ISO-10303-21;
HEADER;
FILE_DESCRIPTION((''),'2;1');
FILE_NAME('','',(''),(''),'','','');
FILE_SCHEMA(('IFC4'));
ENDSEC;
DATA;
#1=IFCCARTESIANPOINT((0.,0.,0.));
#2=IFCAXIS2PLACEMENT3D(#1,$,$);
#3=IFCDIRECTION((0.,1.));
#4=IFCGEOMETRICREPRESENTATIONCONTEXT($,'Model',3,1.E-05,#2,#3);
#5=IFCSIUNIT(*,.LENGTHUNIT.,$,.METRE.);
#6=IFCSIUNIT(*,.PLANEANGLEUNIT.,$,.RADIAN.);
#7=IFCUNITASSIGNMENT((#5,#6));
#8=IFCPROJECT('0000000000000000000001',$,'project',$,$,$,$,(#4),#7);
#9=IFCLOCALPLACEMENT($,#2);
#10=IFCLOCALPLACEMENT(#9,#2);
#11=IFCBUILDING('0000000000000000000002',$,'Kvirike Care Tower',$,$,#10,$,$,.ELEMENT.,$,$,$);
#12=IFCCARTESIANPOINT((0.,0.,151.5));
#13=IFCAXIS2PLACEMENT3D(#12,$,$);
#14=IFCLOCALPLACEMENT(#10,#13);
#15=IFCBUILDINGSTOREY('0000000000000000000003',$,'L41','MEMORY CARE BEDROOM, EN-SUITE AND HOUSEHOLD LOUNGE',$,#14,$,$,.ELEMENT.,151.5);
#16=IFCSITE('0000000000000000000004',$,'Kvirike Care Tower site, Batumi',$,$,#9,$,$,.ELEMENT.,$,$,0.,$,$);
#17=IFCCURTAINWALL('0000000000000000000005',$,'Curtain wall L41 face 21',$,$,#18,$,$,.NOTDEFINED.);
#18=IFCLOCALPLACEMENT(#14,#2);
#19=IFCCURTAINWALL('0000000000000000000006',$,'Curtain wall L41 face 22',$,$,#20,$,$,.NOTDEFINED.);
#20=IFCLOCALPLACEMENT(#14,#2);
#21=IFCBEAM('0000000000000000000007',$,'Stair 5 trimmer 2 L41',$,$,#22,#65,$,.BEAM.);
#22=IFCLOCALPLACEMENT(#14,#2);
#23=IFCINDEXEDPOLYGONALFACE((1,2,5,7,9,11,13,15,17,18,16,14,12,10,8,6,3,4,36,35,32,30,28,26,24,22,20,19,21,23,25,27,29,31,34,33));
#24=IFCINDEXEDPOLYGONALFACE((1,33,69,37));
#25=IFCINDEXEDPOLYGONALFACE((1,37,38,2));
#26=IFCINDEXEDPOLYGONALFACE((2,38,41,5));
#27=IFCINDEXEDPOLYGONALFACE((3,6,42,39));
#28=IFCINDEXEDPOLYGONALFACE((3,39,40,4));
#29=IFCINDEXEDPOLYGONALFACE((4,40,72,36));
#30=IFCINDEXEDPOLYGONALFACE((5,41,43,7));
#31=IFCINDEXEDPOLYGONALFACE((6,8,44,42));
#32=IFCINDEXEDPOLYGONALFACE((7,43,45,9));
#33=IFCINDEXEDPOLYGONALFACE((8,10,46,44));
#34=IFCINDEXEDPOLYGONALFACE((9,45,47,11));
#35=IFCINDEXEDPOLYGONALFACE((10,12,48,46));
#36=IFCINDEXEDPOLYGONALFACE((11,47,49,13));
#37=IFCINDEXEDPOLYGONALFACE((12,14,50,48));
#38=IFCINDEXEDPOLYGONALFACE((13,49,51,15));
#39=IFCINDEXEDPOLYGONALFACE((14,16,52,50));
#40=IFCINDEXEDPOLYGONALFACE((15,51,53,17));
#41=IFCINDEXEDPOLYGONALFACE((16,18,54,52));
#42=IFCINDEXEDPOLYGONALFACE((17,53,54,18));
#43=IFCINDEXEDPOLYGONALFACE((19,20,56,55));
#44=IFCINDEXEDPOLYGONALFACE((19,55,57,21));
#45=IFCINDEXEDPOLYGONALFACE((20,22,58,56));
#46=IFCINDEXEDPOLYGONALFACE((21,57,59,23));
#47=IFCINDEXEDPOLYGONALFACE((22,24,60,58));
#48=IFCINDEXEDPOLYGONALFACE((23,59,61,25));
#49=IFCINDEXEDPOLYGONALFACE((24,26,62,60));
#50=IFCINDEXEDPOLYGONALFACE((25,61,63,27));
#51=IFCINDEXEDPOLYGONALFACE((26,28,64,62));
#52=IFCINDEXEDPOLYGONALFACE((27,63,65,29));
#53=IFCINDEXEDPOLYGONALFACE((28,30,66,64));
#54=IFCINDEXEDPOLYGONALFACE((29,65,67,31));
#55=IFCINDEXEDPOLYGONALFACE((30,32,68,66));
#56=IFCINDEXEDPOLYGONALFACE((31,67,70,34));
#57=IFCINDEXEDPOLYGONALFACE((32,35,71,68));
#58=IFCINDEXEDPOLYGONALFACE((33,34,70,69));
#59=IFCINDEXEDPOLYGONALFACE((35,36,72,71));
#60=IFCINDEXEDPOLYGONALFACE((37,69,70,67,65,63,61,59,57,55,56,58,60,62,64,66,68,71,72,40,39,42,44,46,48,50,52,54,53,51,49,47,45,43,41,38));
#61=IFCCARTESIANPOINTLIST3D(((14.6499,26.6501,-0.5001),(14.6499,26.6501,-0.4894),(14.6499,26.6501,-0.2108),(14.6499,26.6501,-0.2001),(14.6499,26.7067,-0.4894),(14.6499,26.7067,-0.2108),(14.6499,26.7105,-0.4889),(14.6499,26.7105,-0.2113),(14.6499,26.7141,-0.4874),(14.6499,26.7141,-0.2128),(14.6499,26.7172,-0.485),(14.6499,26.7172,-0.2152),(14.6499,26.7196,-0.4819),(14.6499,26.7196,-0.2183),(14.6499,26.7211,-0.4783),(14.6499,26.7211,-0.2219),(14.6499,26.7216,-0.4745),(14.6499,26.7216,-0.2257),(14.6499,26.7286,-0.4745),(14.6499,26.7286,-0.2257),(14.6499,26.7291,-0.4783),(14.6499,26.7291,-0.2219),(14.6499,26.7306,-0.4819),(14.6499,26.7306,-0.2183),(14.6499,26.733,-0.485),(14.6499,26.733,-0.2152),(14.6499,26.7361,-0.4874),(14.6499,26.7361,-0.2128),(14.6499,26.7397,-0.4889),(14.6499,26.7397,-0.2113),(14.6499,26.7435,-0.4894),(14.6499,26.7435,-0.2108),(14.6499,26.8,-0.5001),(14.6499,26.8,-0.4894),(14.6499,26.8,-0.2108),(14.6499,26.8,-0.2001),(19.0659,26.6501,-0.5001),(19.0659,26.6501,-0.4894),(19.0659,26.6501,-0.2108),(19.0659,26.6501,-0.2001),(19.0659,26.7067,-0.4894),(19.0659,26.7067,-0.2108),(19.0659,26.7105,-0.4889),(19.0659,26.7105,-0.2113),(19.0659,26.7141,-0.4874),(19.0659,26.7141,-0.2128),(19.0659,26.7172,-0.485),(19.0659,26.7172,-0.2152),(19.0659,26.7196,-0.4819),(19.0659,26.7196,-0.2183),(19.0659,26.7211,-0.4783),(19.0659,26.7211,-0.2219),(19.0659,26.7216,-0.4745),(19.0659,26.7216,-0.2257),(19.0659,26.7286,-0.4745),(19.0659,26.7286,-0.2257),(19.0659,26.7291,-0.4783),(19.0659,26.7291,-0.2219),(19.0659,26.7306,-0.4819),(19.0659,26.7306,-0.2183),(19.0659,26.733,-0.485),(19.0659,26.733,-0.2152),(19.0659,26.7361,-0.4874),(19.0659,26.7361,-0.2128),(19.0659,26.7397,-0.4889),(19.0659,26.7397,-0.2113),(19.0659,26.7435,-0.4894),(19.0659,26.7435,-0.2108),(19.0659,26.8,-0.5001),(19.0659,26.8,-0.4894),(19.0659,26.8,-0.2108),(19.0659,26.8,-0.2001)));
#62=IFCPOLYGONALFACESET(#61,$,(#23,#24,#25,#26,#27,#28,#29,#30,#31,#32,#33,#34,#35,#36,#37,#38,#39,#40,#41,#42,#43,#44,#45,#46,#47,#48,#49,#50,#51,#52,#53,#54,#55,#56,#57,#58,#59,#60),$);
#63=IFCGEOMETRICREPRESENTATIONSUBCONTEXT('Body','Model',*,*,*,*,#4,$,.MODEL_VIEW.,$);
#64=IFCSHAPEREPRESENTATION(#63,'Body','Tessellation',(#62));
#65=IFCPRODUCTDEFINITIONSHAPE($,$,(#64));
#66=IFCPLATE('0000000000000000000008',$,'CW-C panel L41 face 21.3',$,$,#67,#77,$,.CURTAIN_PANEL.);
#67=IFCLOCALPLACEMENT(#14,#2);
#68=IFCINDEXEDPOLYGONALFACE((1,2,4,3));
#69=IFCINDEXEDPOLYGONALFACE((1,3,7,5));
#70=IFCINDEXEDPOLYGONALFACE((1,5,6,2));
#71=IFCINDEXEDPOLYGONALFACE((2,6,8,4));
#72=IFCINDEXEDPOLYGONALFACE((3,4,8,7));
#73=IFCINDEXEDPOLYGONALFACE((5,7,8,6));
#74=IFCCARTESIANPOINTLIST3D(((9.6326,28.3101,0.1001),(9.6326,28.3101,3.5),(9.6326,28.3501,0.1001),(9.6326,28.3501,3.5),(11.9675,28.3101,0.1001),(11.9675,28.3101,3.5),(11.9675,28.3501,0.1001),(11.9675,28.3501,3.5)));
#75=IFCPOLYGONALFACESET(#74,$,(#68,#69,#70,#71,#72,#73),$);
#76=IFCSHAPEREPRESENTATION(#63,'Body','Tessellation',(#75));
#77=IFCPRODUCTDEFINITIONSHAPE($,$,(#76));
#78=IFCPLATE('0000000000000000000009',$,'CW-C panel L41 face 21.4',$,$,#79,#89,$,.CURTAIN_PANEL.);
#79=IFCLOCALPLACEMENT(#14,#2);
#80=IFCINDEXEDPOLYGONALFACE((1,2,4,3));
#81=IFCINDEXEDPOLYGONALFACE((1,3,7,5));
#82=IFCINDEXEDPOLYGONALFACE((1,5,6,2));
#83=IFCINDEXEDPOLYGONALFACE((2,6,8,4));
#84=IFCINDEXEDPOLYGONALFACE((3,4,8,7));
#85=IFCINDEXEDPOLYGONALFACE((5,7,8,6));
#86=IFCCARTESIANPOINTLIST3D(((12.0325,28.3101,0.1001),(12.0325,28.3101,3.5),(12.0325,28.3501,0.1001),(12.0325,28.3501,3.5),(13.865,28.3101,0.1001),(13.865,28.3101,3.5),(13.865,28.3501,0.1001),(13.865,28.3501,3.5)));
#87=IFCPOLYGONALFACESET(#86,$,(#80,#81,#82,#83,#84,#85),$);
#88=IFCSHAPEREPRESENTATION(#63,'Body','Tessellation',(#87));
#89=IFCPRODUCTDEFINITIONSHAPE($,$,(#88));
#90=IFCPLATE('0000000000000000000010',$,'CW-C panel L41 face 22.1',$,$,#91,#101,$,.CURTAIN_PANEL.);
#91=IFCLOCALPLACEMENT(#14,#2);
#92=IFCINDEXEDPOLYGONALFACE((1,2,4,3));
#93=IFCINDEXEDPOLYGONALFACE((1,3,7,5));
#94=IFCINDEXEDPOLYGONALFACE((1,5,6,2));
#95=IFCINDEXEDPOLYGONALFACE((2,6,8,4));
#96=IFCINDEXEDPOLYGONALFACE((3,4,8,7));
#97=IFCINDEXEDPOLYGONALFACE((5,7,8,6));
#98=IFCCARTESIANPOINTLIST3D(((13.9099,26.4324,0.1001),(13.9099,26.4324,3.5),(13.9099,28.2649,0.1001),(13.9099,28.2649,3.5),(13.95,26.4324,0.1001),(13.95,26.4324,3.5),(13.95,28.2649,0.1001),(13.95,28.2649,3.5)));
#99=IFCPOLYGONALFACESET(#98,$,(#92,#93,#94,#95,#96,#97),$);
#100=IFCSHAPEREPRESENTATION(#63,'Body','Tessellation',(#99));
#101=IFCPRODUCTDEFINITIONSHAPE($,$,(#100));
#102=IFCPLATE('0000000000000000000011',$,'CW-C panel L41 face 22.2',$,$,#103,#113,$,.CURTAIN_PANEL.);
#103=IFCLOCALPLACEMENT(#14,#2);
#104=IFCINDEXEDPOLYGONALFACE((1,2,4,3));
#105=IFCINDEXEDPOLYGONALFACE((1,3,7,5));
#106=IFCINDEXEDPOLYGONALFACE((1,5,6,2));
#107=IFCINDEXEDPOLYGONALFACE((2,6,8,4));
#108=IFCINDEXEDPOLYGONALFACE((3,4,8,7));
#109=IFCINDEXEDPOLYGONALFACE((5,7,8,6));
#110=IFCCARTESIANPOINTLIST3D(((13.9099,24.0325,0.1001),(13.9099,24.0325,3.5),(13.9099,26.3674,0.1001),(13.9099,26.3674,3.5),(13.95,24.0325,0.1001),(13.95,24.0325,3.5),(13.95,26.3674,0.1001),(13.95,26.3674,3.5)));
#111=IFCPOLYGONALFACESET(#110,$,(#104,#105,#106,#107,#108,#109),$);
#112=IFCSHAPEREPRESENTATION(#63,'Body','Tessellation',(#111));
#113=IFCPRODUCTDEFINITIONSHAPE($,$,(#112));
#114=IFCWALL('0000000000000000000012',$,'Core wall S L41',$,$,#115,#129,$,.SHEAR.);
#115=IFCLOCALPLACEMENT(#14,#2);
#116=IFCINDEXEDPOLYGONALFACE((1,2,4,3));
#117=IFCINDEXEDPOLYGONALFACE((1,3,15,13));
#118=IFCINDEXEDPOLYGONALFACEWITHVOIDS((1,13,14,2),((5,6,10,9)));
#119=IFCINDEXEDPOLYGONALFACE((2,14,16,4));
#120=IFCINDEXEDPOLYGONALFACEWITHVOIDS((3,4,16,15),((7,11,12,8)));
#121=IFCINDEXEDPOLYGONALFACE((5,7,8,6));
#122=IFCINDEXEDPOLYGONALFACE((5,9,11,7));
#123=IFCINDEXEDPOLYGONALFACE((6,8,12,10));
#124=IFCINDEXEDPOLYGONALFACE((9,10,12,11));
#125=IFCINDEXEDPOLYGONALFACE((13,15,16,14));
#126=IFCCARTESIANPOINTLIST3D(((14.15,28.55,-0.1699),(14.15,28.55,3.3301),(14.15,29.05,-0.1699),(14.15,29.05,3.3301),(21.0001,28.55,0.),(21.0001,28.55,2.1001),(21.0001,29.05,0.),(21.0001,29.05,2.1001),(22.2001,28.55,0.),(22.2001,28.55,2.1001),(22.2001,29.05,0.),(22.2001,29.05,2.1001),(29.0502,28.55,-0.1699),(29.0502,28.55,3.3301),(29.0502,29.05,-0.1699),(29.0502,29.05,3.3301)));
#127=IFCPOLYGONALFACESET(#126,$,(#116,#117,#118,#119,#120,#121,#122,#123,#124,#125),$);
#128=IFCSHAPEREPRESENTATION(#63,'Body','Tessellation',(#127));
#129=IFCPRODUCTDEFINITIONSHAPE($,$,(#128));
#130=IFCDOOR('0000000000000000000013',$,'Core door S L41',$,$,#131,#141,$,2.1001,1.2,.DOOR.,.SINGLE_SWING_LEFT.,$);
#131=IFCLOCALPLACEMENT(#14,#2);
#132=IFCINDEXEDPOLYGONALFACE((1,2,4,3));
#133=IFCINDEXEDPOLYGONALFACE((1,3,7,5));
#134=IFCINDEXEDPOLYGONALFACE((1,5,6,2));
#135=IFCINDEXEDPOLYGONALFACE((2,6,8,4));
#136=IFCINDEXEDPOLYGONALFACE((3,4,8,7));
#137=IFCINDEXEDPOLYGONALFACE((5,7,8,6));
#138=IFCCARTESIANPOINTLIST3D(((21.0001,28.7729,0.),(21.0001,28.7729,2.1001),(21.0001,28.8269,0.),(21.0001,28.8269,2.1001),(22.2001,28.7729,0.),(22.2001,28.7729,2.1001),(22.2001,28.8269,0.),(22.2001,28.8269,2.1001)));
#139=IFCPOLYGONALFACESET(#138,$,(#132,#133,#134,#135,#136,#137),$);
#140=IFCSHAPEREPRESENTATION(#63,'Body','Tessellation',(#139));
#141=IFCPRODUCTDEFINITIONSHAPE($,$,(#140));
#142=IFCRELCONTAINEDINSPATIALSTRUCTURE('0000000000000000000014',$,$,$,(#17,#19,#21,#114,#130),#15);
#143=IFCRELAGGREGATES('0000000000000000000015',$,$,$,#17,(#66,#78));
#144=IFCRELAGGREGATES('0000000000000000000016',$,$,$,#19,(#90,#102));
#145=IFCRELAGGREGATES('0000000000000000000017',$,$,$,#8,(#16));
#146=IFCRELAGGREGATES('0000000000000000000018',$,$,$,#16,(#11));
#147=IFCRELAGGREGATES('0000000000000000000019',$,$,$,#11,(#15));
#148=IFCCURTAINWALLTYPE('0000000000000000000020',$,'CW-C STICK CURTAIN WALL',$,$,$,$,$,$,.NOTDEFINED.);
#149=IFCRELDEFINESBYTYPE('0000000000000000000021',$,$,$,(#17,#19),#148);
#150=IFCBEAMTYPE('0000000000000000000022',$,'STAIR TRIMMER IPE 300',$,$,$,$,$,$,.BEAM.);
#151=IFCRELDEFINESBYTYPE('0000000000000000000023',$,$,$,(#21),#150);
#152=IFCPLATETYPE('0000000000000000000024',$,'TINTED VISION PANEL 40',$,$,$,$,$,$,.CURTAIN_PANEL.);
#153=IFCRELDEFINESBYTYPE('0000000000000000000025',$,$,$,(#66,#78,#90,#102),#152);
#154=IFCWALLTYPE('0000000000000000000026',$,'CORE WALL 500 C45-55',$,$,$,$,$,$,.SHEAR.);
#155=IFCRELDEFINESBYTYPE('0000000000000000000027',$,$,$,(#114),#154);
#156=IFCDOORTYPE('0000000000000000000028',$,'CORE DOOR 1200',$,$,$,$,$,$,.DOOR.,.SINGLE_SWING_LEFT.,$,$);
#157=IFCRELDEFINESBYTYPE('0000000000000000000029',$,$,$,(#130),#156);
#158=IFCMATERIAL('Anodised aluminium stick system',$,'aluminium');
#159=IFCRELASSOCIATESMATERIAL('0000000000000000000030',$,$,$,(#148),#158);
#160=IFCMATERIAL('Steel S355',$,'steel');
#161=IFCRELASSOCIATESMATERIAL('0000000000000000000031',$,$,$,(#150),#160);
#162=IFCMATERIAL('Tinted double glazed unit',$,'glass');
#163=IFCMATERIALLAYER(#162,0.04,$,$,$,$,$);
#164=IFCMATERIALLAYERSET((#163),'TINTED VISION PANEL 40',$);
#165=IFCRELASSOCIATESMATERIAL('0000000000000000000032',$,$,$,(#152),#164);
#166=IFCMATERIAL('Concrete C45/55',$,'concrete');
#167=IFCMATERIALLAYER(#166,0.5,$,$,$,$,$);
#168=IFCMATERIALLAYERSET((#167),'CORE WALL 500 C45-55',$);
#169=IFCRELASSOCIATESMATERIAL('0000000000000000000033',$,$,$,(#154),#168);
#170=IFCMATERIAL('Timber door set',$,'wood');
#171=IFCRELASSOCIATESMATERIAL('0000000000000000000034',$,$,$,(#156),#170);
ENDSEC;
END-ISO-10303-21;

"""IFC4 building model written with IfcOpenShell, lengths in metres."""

from ifc_helpers import new_model, si_unit, direction, frame, frame_2d, origin, origin_2d, place, context, subcontext, project, spatial, rectangle, i_section, extrude, material, layer, layer_set, material_profile, profile_set, type_object, element, fill, aggregate, save


model = new_model("IFC4")

# Units and contexts
model_context = context("Model", 3, precision=1e-05, world=origin(), true_north=direction((0.0, 1.0)))
body_context = subcontext(model_context, "Body", "Model", "MODEL_VIEW")
ifc_project = project(units=[si_unit("LENGTHUNIT", "METRE"), si_unit("PLANEANGLEUNIT", "RADIAN")], contexts=[model_context])

# Site, building, storey
site_placement = place(None, origin())
site = spatial("IfcSite", under=ifc_project, at=site_placement, Name="Kvirike Care Tower site, Batumi", CompositionType="ELEMENT", RefElevation=0.0)
building_placement = place(site_placement, origin())
building = spatial("IfcBuilding", under=site, at=building_placement, Name="Kvirike Care Tower", CompositionType="ELEMENT")
storey_placement = place(building_placement, frame((0.0, 0.0, 151.5)))
storey = spatial("IfcBuildingStorey", under=building, at=storey_placement, Name="L41", Description="MEMORY CARE BEDROOM, EN-SUITE AND HOUSEHOLD LOUNGE", CompositionType="ELEMENT", Elevation=151.5)

# Curtain walls
ifc_material_1 = material(Name="Anodised aluminium stick system", Category="aluminium")
curtain_wall_type = type_object("IfcCurtainWallType", Name="CW-C STICK CURTAIN WALL", PredefinedType="NOTDEFINED", material=ifc_material_1)
curtain_wall_1_placement = place(storey_placement, origin())
curtain_wall_1 = element("IfcCurtainWall", 1, at=curtain_wall_1_placement, inside=storey, type_object=curtain_wall_type, Name="Curtain wall L41 face 21", PredefinedType="NOTDEFINED")
curtain_wall_2_placement = place(storey_placement, origin())
curtain_wall_2 = element("IfcCurtainWall", 2, at=curtain_wall_2_placement, inside=storey, type_object=curtain_wall_type, Name="Curtain wall L41 face 22", PredefinedType="NOTDEFINED")

# Beam
ifc_material_2 = material(Name="Steel S355", Category="steel")
ifc_material_profile_1 = material_profile(ifc_material_2, i_section(OverallWidth=0.1499, OverallDepth=0.3, WebThickness=0.0071, FlangeThickness=0.0107, FilletRadius=0.0149, at=origin_2d()), Name="IPE 300")
ifc_profile_set_1 = profile_set([ifc_material_profile_1], Name="Steel S355")
beam_type_1 = type_object("IfcBeamType", Name="STAIR TRIMMER IPE 300", PredefinedType="BEAM", material=ifc_profile_set_1)
for number, where, z_axis, x_axis, name in (
    (3, (14.6499, 26.7251, -0.3501), (1.0, 0.0, 0.0), (0.0, 1.0, 0.0), "Stair 5 trimmer 2 L41"),
):
    element("IfcBeam", number, at=place(storey_placement, frame(where, z_axis=z_axis, x_axis=x_axis)), inside=storey, type_object=beam_type_1, Name=name, PredefinedType="BEAM", context=body_context, shape_type="SweptSolid", body=[
        extrude(i_section(OverallWidth=0.1499, OverallDepth=0.3, WebThickness=0.0071, FlangeThickness=0.0107, FilletRadius=0.0149, at=origin_2d()), origin(), (0.0, 0.0, 1.0), 4.416),
    ])

# Plates
ifc_material_3 = material(Name="Tinted double glazed unit", Category="glass")
ifc_layer_1 = layer(ifc_material_3, 0.04)
ifc_layer_set_1 = layer_set([ifc_layer_1], Name="TINTED VISION PANEL 40")
plate_type = type_object("IfcPlateType", Name="TINTED VISION PANEL 40", PredefinedType="CURTAIN_PANEL", material=ifc_layer_set_1)
plate_1_placement = place(storey_placement, frame((10.8, 28.3301, 0.1001), z_axis=(0.0, 0.0, 1.0), x_axis=(1.0, 0.0, 0.0)))
plate_1 = element("IfcPlate", 4, at=plate_1_placement, type_object=plate_type, Name="CW-C panel L41 face 21.3", PredefinedType="CURTAIN_PANEL", context=body_context, shape_type="SweptSolid", body=[
    extrude(rectangle(XDim=2.335, YDim=0.04, at=origin_2d()), origin(), (0.0, 0.0, 1.0), 3.3999),
])
plate_2_placement = place(storey_placement, frame((12.9487, 28.3301, 0.1001), z_axis=(0.0, 0.0, 1.0), x_axis=(1.0, 0.0, 0.0)))
plate_2 = element("IfcPlate", 5, at=plate_2_placement, type_object=plate_type, Name="CW-C panel L41 face 21.4", PredefinedType="CURTAIN_PANEL", context=body_context, shape_type="SweptSolid", body=[
    extrude(rectangle(XDim=1.8325, YDim=0.04, at=origin_2d()), origin(), (0.0, 0.0, 1.0), 3.3999),
])
aggregate(curtain_wall_1, [plate_1, plate_2])
plate_3_placement = place(storey_placement, frame((13.9299, 27.3486, 0.1001), z_axis=(0.0, 0.0, 1.0), x_axis=(0.0, -1.0, 0.0)))
plate_3 = element("IfcPlate", 6, at=plate_3_placement, type_object=plate_type, Name="CW-C panel L41 face 22.1", PredefinedType="CURTAIN_PANEL", context=body_context, shape_type="SweptSolid", body=[
    extrude(rectangle(XDim=1.8325, YDim=0.04, at=origin_2d()), origin(), (0.0, 0.0, 1.0), 3.3999),
])
plate_4_placement = place(storey_placement, frame((13.9299, 25.2, 0.1001), z_axis=(0.0, 0.0, 1.0), x_axis=(0.0, -1.0, 0.0)))
plate_4 = element("IfcPlate", 7, at=plate_4_placement, type_object=plate_type, Name="CW-C panel L41 face 22.2", PredefinedType="CURTAIN_PANEL", context=body_context, shape_type="SweptSolid", body=[
    extrude(rectangle(XDim=2.335, YDim=0.04, at=origin_2d()), origin(), (0.0, 0.0, 1.0), 3.3999),
])
aggregate(curtain_wall_2, [plate_3, plate_4])

# Wall, opening, door
ifc_material_4 = material(Name="Concrete C45/55", Category="concrete")
ifc_layer_2 = layer(ifc_material_4, 0.5)
ifc_layer_set_2 = layer_set([ifc_layer_2], Name="CORE WALL 500 C45-55")
wall_type_1 = type_object("IfcWallType", Name="CORE WALL 500 C45-55", PredefinedType="SHEAR", material=ifc_layer_set_2)
wall_1_placement = place(storey_placement, frame((14.1499, 28.8, -0.1699), z_axis=(0.0, 0.0, 1.0), x_axis=(1.0, 0.0, 0.0)))
wall_1 = element("IfcWall", 8, at=wall_1_placement, inside=storey, type_object=wall_type_1, Name="Core wall S L41", PredefinedType="SHEAR", context=body_context, shape_type="SweptSolid", body=[
    extrude(rectangle(XDim=14.9001, YDim=0.5, at=frame_2d((7.4502, 0.0))), origin(), (0.0, 0.0, 1.0), 3.5),
])
opening_1_placement = place(wall_1_placement, frame((6.8501, 0.0, 0.1699)))
opening_1 = element("IfcOpeningElement", 9, at=opening_1_placement, cuts=wall_1, PredefinedType="OPENING", context=body_context, shape_type="SweptSolid", body=[
    extrude(rectangle(XDim=1.2, YDim=2.1001, at=frame_2d((0.6001, 1.05))), frame((0.0, 0.2605, 0.0), z_axis=(0.0, -1.0, 0.0), x_axis=(1.0, 0.0, 0.0)), (0.0, 0.0, 1.0), 0.521),
])
ifc_material_5 = material(Name="Timber door set", Category="wood")
door_type_1 = type_object("IfcDoorType", Name="CORE DOOR 1200", OperationType="SINGLE_SWING_LEFT", PredefinedType="DOOR", material=ifc_material_5)
door_1_placement = place(opening_1_placement, origin())
door_1 = element("IfcDoor", 10, at=door_1_placement, inside=storey, type_object=door_type_1, Name="Core door S L41", OperationType="SINGLE_SWING_LEFT", OverallHeight=2.1001, OverallWidth=1.2, PredefinedType="DOOR", context=body_context, shape_type="SweptSolid", body=[
    extrude(rectangle(XDim=1.2, YDim=2.1001, at=frame_2d((0.6001, 1.05))), frame((0.0, 0.0269, 0.0), z_axis=(0.0, -1.0, 0.0), x_axis=(1.0, 0.0, 0.0)), (0.0, 0.0, 1.0), 0.054),
])
fill(opening_1, door_1)

save(model, "model.ifc")
